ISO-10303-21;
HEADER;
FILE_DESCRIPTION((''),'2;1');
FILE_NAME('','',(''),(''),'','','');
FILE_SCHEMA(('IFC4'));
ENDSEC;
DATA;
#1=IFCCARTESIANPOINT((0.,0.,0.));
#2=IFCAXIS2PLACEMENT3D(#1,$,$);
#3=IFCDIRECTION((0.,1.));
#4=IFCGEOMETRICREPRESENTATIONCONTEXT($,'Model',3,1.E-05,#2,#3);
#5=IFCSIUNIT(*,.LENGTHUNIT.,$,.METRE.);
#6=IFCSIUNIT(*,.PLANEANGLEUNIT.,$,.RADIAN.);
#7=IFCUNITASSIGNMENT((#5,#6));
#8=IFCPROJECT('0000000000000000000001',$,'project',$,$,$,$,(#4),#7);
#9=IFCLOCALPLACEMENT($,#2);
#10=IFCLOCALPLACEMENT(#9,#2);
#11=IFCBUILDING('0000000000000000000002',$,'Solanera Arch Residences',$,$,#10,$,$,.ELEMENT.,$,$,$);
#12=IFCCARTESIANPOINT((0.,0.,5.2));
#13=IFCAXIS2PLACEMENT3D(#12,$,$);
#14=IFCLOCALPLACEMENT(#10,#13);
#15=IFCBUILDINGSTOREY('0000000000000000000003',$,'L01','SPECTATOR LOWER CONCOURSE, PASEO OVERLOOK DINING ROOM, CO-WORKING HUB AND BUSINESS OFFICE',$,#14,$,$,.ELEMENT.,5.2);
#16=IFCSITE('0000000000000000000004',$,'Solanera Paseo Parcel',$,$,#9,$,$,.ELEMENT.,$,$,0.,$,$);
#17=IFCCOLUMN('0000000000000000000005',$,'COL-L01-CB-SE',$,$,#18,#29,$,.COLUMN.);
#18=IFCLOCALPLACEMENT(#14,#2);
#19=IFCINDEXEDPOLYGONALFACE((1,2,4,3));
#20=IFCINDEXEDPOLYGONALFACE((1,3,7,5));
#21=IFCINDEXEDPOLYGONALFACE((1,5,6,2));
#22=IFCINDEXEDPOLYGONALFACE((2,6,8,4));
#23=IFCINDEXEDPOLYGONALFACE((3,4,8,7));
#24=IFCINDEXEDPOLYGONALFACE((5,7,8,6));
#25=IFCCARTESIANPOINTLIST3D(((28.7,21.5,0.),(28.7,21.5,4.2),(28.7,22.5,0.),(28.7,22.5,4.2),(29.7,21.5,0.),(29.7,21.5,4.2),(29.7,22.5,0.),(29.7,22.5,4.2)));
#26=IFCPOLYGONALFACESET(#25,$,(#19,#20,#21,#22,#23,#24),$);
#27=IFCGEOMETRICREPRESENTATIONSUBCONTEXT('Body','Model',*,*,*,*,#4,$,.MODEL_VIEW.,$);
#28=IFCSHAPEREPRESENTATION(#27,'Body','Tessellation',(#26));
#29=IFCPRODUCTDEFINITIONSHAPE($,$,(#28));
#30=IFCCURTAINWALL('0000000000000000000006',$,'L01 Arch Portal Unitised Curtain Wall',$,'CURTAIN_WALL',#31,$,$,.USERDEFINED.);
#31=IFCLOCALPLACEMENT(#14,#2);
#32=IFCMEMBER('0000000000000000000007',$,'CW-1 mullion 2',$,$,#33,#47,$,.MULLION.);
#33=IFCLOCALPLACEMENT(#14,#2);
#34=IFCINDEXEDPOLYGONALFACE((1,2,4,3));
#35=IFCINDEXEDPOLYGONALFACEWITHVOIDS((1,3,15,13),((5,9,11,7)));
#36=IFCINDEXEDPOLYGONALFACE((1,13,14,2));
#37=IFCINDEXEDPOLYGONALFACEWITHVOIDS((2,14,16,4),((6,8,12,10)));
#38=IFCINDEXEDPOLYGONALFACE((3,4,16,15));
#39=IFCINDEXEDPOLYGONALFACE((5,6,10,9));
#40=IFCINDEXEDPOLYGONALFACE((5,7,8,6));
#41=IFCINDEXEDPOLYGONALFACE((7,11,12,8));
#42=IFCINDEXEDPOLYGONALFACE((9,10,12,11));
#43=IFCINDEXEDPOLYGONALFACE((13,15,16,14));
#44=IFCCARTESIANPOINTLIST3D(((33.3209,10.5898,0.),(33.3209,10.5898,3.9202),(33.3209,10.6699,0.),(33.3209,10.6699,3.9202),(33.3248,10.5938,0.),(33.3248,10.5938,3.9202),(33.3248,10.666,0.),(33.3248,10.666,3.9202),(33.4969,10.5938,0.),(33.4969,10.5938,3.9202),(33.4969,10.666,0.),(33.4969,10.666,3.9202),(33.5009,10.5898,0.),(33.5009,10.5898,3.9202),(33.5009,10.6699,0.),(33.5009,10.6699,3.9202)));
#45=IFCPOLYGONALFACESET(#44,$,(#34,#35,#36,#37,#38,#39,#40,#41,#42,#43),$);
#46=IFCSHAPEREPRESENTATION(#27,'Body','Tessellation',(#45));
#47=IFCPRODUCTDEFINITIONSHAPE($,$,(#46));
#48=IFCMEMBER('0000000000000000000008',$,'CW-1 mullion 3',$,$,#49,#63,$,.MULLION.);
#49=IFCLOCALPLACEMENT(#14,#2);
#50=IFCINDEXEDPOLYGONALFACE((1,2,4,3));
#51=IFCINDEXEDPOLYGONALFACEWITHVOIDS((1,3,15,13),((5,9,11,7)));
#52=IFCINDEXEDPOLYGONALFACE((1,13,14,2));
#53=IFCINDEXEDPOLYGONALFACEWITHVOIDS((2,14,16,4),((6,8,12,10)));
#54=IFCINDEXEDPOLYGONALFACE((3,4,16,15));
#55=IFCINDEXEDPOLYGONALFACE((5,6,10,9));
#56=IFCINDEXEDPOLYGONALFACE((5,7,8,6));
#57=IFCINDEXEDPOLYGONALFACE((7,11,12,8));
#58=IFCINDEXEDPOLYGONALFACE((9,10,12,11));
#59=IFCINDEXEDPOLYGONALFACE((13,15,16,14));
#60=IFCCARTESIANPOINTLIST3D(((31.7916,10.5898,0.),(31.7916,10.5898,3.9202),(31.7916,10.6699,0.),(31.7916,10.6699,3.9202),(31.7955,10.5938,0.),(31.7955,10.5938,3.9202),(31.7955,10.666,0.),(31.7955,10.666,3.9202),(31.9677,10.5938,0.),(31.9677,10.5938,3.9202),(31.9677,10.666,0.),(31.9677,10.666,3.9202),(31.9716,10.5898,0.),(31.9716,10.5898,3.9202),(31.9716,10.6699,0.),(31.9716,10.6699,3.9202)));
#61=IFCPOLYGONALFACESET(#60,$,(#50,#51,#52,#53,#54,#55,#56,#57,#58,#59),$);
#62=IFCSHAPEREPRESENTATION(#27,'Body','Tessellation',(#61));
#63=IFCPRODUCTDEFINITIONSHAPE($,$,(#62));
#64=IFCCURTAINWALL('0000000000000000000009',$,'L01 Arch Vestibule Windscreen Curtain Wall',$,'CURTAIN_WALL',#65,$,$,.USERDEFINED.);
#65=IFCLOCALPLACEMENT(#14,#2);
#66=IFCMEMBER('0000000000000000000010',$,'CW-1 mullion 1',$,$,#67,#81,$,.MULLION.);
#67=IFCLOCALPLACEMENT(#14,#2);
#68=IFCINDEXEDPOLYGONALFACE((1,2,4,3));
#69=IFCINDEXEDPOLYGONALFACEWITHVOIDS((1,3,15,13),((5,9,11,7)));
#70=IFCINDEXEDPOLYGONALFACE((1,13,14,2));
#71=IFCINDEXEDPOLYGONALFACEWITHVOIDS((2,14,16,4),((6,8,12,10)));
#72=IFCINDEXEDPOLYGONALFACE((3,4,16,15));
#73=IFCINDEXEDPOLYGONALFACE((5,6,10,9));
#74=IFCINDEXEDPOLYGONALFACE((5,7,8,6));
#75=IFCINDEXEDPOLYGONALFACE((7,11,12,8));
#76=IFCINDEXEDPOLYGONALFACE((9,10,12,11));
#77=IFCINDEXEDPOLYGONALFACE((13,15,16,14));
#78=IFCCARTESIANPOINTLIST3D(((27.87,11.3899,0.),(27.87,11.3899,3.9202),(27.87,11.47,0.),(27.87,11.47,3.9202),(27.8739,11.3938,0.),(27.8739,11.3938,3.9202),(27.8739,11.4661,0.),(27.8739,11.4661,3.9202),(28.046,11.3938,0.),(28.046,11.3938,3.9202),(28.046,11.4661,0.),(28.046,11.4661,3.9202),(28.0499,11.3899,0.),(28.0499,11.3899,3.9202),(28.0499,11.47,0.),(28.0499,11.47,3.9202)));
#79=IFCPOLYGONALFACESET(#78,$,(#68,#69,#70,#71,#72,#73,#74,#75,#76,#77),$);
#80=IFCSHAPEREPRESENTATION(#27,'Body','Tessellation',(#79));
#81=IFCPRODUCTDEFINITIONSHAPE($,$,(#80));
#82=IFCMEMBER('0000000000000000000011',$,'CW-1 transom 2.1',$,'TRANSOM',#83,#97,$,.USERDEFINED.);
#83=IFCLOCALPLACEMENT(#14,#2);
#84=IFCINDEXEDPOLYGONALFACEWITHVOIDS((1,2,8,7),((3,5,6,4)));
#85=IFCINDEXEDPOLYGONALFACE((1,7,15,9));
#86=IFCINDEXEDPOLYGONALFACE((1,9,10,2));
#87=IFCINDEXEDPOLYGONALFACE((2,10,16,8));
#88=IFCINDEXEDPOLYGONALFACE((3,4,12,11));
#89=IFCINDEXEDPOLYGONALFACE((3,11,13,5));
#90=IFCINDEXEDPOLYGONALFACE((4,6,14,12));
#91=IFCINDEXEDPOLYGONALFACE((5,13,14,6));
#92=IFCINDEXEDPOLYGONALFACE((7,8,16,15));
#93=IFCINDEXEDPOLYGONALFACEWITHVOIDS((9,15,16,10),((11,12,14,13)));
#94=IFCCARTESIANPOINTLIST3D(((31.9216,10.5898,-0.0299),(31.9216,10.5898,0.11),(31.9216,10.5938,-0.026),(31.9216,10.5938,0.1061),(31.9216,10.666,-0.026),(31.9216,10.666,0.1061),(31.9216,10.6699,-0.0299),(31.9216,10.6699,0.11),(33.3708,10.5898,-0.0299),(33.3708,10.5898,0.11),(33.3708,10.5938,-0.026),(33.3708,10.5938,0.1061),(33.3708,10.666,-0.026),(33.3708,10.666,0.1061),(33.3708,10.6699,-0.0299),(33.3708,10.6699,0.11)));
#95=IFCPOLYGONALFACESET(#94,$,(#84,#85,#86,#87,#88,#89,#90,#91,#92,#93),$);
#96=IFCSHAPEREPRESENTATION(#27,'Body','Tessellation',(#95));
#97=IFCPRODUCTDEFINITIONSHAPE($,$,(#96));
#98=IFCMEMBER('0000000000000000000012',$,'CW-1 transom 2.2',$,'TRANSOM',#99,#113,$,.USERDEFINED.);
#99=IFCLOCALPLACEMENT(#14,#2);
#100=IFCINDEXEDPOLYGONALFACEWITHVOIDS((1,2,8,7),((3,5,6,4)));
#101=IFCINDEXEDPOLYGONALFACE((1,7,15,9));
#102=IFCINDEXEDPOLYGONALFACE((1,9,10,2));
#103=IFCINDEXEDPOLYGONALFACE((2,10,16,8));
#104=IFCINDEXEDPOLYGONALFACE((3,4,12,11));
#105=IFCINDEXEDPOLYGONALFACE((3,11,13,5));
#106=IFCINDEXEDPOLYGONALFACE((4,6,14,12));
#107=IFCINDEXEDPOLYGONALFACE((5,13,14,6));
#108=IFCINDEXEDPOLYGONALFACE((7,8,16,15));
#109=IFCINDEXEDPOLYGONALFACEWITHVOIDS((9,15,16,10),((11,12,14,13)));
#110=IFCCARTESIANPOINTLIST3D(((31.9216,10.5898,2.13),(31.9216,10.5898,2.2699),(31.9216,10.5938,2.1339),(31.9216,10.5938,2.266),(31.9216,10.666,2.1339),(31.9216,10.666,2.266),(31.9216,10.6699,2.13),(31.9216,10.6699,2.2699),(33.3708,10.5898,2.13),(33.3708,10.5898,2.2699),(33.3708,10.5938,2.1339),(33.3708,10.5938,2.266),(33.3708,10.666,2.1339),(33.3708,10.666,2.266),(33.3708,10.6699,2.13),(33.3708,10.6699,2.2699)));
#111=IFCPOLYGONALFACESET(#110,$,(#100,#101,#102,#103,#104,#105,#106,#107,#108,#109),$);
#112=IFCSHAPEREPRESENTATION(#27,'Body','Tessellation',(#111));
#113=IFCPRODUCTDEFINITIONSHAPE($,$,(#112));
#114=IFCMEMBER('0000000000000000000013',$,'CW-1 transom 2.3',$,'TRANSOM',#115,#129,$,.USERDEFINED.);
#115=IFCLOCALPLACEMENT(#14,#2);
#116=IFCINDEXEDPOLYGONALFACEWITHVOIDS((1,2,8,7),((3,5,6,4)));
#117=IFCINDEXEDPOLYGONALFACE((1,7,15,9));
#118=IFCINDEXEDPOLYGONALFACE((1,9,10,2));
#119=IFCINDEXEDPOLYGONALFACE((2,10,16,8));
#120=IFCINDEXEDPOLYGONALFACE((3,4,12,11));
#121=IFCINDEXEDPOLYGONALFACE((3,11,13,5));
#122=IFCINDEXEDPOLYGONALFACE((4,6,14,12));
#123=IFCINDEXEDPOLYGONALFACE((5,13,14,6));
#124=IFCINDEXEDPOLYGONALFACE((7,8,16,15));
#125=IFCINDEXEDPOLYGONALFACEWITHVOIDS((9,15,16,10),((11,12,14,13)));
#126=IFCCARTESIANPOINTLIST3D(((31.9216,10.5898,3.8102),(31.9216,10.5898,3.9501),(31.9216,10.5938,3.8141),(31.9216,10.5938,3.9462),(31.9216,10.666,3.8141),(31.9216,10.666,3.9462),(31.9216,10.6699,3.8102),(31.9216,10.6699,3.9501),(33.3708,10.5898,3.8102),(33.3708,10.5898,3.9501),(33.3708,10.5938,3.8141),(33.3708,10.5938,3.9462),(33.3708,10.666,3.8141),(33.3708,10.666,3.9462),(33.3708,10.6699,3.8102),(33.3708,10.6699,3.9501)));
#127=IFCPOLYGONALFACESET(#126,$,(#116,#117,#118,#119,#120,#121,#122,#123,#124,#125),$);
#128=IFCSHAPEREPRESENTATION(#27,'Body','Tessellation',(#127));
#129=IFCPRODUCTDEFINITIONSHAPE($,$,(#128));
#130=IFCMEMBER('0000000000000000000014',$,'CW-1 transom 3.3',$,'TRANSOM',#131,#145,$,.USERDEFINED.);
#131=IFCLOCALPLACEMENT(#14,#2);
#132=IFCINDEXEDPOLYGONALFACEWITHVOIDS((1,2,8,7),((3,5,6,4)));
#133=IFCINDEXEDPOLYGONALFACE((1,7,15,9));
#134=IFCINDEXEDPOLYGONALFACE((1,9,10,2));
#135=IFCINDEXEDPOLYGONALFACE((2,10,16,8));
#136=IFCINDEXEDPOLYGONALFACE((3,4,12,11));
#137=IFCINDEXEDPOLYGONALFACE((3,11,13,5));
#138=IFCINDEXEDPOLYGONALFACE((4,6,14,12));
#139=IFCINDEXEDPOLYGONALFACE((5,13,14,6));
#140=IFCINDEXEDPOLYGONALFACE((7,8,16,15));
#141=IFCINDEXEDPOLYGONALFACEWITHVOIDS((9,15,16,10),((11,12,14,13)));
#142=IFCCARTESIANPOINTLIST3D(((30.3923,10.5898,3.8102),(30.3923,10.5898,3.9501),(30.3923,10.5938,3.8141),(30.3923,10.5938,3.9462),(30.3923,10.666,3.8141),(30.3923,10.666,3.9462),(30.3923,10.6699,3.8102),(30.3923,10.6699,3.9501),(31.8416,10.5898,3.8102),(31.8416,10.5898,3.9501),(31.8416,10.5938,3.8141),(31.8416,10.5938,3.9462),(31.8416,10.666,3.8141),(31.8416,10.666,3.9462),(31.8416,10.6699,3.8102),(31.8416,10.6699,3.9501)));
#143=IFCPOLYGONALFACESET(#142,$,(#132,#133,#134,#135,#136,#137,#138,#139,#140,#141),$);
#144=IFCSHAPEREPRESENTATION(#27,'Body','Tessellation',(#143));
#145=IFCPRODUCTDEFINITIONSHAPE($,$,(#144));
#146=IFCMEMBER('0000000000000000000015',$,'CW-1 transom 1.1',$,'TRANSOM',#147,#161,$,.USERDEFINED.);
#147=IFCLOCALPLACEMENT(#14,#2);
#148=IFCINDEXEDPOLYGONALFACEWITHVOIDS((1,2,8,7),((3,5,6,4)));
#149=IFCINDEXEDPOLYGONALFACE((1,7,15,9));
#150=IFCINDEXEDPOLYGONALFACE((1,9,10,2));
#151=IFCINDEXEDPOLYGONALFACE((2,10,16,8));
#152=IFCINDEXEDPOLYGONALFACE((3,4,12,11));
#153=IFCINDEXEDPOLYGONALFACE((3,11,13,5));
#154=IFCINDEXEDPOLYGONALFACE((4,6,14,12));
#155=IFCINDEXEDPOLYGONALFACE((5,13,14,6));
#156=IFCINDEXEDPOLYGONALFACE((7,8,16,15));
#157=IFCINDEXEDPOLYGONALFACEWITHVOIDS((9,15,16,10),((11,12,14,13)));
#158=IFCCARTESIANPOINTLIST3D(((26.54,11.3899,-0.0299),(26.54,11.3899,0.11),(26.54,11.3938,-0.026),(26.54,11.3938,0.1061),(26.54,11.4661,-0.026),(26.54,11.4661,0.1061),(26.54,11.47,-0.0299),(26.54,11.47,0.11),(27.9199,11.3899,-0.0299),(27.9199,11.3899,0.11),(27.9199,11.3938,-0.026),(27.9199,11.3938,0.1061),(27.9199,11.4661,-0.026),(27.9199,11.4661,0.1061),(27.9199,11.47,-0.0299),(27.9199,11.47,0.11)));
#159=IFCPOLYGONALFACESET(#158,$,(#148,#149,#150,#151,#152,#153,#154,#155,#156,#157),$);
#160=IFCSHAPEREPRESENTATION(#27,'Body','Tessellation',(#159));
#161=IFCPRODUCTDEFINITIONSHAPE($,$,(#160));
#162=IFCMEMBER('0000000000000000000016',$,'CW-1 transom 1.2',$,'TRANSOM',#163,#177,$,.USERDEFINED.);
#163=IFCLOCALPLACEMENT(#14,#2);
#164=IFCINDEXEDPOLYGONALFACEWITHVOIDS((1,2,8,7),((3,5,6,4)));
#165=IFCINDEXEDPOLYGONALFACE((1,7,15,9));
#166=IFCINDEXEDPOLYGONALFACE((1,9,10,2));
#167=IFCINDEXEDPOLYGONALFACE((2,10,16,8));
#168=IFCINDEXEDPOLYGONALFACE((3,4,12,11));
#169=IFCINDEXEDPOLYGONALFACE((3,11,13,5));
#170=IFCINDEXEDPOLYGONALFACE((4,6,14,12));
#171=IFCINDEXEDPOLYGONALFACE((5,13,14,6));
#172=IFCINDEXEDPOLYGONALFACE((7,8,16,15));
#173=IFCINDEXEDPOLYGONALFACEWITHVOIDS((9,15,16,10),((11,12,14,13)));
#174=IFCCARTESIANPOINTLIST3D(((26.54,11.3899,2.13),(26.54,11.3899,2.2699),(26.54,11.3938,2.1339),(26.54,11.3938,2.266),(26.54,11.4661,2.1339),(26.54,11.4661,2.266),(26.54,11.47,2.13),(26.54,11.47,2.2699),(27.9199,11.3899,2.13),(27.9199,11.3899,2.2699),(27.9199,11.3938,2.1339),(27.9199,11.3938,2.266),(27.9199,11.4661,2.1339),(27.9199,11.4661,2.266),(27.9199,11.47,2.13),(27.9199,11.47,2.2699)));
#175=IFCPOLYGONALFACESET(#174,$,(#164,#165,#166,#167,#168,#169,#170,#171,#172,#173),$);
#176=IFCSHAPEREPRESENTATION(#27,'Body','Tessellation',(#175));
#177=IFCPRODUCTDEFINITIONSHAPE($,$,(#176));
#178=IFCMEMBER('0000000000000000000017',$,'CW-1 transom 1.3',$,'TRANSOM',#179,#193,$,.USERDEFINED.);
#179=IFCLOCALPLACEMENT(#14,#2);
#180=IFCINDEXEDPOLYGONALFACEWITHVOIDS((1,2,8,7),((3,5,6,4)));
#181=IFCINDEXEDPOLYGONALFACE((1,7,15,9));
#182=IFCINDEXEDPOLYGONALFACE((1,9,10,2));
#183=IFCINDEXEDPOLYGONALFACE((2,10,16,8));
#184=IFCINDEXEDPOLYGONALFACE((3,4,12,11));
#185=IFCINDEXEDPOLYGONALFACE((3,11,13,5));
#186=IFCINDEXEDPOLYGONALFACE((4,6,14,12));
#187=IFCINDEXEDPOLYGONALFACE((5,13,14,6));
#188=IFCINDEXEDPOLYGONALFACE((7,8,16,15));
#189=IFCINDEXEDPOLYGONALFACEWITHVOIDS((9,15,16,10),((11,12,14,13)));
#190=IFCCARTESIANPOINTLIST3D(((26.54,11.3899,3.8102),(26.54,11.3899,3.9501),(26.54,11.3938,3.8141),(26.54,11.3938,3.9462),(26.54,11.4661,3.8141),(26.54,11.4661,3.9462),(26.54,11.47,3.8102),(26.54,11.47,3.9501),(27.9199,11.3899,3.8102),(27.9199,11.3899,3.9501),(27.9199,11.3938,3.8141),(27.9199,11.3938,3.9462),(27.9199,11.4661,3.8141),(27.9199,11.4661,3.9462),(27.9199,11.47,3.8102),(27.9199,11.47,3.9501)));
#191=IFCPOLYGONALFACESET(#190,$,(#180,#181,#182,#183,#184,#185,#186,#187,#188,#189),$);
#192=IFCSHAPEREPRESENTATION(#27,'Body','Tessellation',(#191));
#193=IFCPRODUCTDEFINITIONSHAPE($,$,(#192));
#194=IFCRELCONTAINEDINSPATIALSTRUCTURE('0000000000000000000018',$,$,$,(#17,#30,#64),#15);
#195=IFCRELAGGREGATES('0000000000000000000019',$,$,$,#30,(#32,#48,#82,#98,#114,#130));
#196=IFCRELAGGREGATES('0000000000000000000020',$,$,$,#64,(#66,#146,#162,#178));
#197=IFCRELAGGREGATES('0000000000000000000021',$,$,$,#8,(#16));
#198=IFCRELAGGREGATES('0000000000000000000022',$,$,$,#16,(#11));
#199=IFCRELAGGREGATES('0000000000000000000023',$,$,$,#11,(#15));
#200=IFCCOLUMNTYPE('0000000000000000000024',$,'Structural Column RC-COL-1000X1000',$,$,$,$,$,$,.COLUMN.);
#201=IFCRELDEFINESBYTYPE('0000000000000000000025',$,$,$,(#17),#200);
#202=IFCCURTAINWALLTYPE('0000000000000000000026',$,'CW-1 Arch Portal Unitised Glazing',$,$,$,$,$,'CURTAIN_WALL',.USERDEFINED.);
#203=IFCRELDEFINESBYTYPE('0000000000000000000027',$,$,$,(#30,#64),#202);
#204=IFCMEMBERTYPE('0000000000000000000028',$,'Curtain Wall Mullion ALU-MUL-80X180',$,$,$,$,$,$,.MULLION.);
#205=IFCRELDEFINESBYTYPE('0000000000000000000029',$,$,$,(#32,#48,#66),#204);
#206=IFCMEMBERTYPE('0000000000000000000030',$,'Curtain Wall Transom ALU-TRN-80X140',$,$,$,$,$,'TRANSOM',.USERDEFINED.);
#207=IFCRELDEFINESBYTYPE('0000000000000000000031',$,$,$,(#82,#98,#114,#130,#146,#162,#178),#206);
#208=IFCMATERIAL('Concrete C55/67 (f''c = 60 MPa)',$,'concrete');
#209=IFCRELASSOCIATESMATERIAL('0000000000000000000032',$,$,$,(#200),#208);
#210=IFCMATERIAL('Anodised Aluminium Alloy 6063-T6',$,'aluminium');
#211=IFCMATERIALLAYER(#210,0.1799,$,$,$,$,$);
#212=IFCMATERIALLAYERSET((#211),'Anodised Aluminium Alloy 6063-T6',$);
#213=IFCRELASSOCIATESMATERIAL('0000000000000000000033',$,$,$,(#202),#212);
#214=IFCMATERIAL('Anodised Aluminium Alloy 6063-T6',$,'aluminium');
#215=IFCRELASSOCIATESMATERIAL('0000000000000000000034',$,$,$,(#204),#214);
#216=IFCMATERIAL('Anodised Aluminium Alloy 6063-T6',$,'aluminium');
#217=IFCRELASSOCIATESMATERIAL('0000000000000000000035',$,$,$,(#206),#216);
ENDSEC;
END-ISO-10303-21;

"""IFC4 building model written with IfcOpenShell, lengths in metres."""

from ifc_helpers import new_model, si_unit, direction, frame, origin, origin_2d, place, context, subcontext, project, spatial, rectangle, hollow_rectangle, extrude, material, layer, layer_set, material_profile, profile_set, type_object, element, aggregate, save


model = new_model("IFC4")

# Units and contexts
model_context = context("Model", 3, precision=1e-05, world=origin(), true_north=direction((0.0, 1.0)))
body_context = subcontext(model_context, "Body", "Model", "MODEL_VIEW")
ifc_project = project(units=[si_unit("LENGTHUNIT", "METRE"), si_unit("PLANEANGLEUNIT", "RADIAN")], contexts=[model_context])

# Site, building, storey
site_placement = place(None, origin())
site = spatial("IfcSite", under=ifc_project, at=site_placement, Name="Solanera Paseo Parcel", CompositionType="ELEMENT", RefElevation=0.0)
building_placement = place(site_placement, origin())
building = spatial("IfcBuilding", under=site, at=building_placement, Name="Solanera Arch Residences", CompositionType="ELEMENT")
storey_placement = place(building_placement, frame((0.0, 0.0, 5.2)))
storey = spatial("IfcBuildingStorey", under=building, at=storey_placement, Name="L01", Description="SPECTATOR LOWER CONCOURSE, PASEO OVERLOOK DINING ROOM, CO-WORKING HUB AND BUSINESS OFFICE", CompositionType="ELEMENT", Elevation=5.2)

# Column
ifc_material_1 = material(Name="Concrete C55/67 (f'c = 60 MPa)", Category="concrete")
ifc_material_profile_1 = material_profile(ifc_material_1, rectangle(XDim=1.0, YDim=1.0, at=origin_2d()))
ifc_profile_set_1 = profile_set([ifc_material_profile_1], Name="Concrete C55/67 (f'c = 60 MPa)")
column_type = type_object("IfcColumnType", Name="Structural Column RC-COL-1000X1000", PredefinedType="COLUMN", material=ifc_profile_set_1)
column_placement = place(storey_placement, frame((29.2, 22.0, 0.0), z_axis=(0.0, 0.0, 1.0), x_axis=(1.0, 0.0, 0.0)))
element("IfcColumn", 1, at=column_placement, inside=storey, type_object=column_type, Name="COL-L01-CB-SE", PredefinedType="COLUMN", context=body_context, shape_type="SweptSolid", body=[
    extrude(rectangle(XDim=1.0, YDim=1.0, at=origin_2d()), origin(), (0.0, 0.0, 1.0), 4.2),
])

# Curtain wall, members
ifc_material_2 = material(Name="Anodised Aluminium Alloy 6063-T6", Category="aluminium")
ifc_layer_1 = layer(ifc_material_2, 0.1799)
ifc_layer_set_1 = layer_set([ifc_layer_1], Name="Anodised Aluminium Alloy 6063-T6")
curtain_wall_type = type_object("IfcCurtainWallType", Name="CW-1 Arch Portal Unitised Glazing", ElementType="CURTAIN_WALL", PredefinedType="USERDEFINED", material=ifc_layer_set_1)
curtain_wall_1_placement = place(storey_placement, origin())
curtain_wall_1 = element("IfcCurtainWall", 2, at=curtain_wall_1_placement, inside=storey, type_object=curtain_wall_type, Name="L01 Arch Portal Unitised Curtain Wall", ObjectType="CURTAIN_WALL", PredefinedType="USERDEFINED")
ifc_material_3 = material(Name="Anodised Aluminium Alloy 6063-T6", Category="aluminium")
ifc_material_profile_2 = material_profile(ifc_material_3, hollow_rectangle(XDim=0.0801, YDim=0.1799, WallThickness=0.0039, at=origin_2d()))
ifc_profile_set_2 = profile_set([ifc_material_profile_2], Name="Anodised Aluminium Alloy 6063-T6")
member_type_1 = type_object("IfcMemberType", Name="Curtain Wall Mullion ALU-MUL-80X180", PredefinedType="MULLION", material=ifc_profile_set_2)
member_1_placement = place(storey_placement, frame((33.4109, 10.6299, 0.0), z_axis=(0.0, 0.0, 1.0), x_axis=(0.0, -1.0, 0.0)))
member_1 = element("IfcMember", 3, at=member_1_placement, type_object=member_type_1, Name="CW-1 mullion 2", PredefinedType="MULLION", context=body_context, shape_type="SweptSolid", body=[
    extrude(hollow_rectangle(XDim=0.0801, YDim=0.1799, WallThickness=0.0039, at=origin_2d()), origin(), (0.0, 0.0, 1.0), 3.9202),
])
member_2_placement = place(storey_placement, frame((31.8816, 10.6299, 0.0), z_axis=(0.0, 0.0, 1.0), x_axis=(0.0, -1.0, 0.0)))
member_2 = element("IfcMember", 4, at=member_2_placement, type_object=member_type_1, Name="CW-1 mullion 3", PredefinedType="MULLION", context=body_context, shape_type="SweptSolid", body=[
    extrude(hollow_rectangle(XDim=0.0801, YDim=0.1799, WallThickness=0.0039, at=origin_2d()), origin(), (0.0, 0.0, 1.0), 3.9202),
])

# Curtain wall, member
curtain_wall_2_placement = place(storey_placement, origin())
curtain_wall_2 = element("IfcCurtainWall", 5, at=curtain_wall_2_placement, inside=storey, type_object=curtain_wall_type, Name="L01 Arch Vestibule Windscreen Curtain Wall", ObjectType="CURTAIN_WALL", PredefinedType="USERDEFINED")
member_3_placement = place(storey_placement, frame((27.96, 11.4299, 0.0), z_axis=(0.0, 0.0, 1.0), x_axis=(0.0, -1.0, 0.0)))
member_3 = element("IfcMember", 6, at=member_3_placement, type_object=member_type_1, Name="CW-1 mullion 1", PredefinedType="MULLION", context=body_context, shape_type="SweptSolid", body=[
    extrude(hollow_rectangle(XDim=0.0801, YDim=0.1799, WallThickness=0.0039, at=origin_2d()), origin(), (0.0, 0.0, 1.0), 3.9202),
])

# Members
ifc_material_4 = material(Name="Anodised Aluminium Alloy 6063-T6", Category="aluminium")
ifc_material_profile_3 = material_profile(ifc_material_4, hollow_rectangle(XDim=0.0801, YDim=0.1399, WallThickness=0.0039, at=origin_2d()))
ifc_profile_set_3 = profile_set([ifc_material_profile_3], Name="Anodised Aluminium Alloy 6063-T6")
member_type_2 = type_object("IfcMemberType", Name="Curtain Wall Transom ALU-TRN-80X140", ElementType="TRANSOM", PredefinedType="USERDEFINED", material=ifc_profile_set_3)
member_4_placement = place(storey_placement, frame((33.3708, 10.6299, 0.04), z_axis=(-1.0, 0.0, 0.0), x_axis=(0.0, -1.0, 0.0)))
member_4 = element("IfcMember", 7, at=member_4_placement, type_object=member_type_2, Name="CW-1 transom 2.1", ObjectType="TRANSOM", PredefinedType="USERDEFINED", context=body_context, shape_type="SweptSolid", body=[
    extrude(hollow_rectangle(XDim=0.0801, YDim=0.1399, WallThickness=0.0039, at=origin_2d()), origin(), (0.0, 0.0, 1.0), 1.4492),
])
member_5_placement = place(storey_placement, frame((33.3708, 10.6299, 2.2), z_axis=(-1.0, 0.0, 0.0), x_axis=(0.0, -1.0, 0.0)))
member_5 = element("IfcMember", 8, at=member_5_placement, type_object=member_type_2, Name="CW-1 transom 2.2", ObjectType="TRANSOM", PredefinedType="USERDEFINED", context=body_context, shape_type="SweptSolid", body=[
    extrude(hollow_rectangle(XDim=0.0801, YDim=0.1399, WallThickness=0.0039, at=origin_2d()), origin(), (0.0, 0.0, 1.0), 1.4492),
])
member_6_placement = place(storey_placement, frame((33.3708, 10.6299, 3.8801), z_axis=(-1.0, 0.0, 0.0), x_axis=(0.0, -1.0, 0.0)))
member_6 = element("IfcMember", 9, at=member_6_placement, type_object=member_type_2, Name="CW-1 transom 2.3", ObjectType="TRANSOM", PredefinedType="USERDEFINED", context=body_context, shape_type="SweptSolid", body=[
    extrude(hollow_rectangle(XDim=0.0801, YDim=0.1399, WallThickness=0.0039, at=origin_2d()), origin(), (0.0, 0.0, 1.0), 1.4492),
])
member_7_placement = place(storey_placement, frame((31.8416, 10.6299, 3.8801), z_axis=(-1.0, 0.0, 0.0), x_axis=(0.0, -1.0, 0.0)))
member_7 = element("IfcMember", 10, at=member_7_placement, type_object=member_type_2, Name="CW-1 transom 3.3", ObjectType="TRANSOM", PredefinedType="USERDEFINED", context=body_context, shape_type="SweptSolid", body=[
    extrude(hollow_rectangle(XDim=0.0801, YDim=0.1399, WallThickness=0.0039, at=origin_2d()), origin(), (0.0, 0.0, 1.0), 1.4492),
])
member_8_placement = place(storey_placement, frame((27.9199, 11.4299, 0.04), z_axis=(-1.0, 0.0, 0.0), x_axis=(0.0, -1.0, 0.0)))
member_8 = element("IfcMember", 11, at=member_8_placement, type_object=member_type_2, Name="CW-1 transom 1.1", ObjectType="TRANSOM", PredefinedType="USERDEFINED", context=body_context, shape_type="SweptSolid", body=[
    extrude(hollow_rectangle(XDim=0.0801, YDim=0.1399, WallThickness=0.0039, at=origin_2d()), origin(), (0.0, 0.0, 1.0), 1.3799),
])
member_9_placement = place(storey_placement, frame((27.9199, 11.4299, 2.2), z_axis=(-1.0, 0.0, 0.0), x_axis=(0.0, -1.0, 0.0)))
member_9 = element("IfcMember", 12, at=member_9_placement, type_object=member_type_2, Name="CW-1 transom 1.2", ObjectType="TRANSOM", PredefinedType="USERDEFINED", context=body_context, shape_type="SweptSolid", body=[
    extrude(hollow_rectangle(XDim=0.0801, YDim=0.1399, WallThickness=0.0039, at=origin_2d()), origin(), (0.0, 0.0, 1.0), 1.3799),
])
member_10_placement = place(storey_placement, frame((27.9199, 11.4299, 3.8801), z_axis=(-1.0, 0.0, 0.0), x_axis=(0.0, -1.0, 0.0)))
member_10 = element("IfcMember", 13, at=member_10_placement, type_object=member_type_2, Name="CW-1 transom 1.3", ObjectType="TRANSOM", PredefinedType="USERDEFINED", context=body_context, shape_type="SweptSolid", body=[
    extrude(hollow_rectangle(XDim=0.0801, YDim=0.1399, WallThickness=0.0039, at=origin_2d()), origin(), (0.0, 0.0, 1.0), 1.3799),
])

aggregate(curtain_wall_1, [member_1, member_2, member_4, member_5, member_6, member_7])
aggregate(curtain_wall_2, [member_3, member_8, member_9, member_10])

save(model, "model.ifc")
